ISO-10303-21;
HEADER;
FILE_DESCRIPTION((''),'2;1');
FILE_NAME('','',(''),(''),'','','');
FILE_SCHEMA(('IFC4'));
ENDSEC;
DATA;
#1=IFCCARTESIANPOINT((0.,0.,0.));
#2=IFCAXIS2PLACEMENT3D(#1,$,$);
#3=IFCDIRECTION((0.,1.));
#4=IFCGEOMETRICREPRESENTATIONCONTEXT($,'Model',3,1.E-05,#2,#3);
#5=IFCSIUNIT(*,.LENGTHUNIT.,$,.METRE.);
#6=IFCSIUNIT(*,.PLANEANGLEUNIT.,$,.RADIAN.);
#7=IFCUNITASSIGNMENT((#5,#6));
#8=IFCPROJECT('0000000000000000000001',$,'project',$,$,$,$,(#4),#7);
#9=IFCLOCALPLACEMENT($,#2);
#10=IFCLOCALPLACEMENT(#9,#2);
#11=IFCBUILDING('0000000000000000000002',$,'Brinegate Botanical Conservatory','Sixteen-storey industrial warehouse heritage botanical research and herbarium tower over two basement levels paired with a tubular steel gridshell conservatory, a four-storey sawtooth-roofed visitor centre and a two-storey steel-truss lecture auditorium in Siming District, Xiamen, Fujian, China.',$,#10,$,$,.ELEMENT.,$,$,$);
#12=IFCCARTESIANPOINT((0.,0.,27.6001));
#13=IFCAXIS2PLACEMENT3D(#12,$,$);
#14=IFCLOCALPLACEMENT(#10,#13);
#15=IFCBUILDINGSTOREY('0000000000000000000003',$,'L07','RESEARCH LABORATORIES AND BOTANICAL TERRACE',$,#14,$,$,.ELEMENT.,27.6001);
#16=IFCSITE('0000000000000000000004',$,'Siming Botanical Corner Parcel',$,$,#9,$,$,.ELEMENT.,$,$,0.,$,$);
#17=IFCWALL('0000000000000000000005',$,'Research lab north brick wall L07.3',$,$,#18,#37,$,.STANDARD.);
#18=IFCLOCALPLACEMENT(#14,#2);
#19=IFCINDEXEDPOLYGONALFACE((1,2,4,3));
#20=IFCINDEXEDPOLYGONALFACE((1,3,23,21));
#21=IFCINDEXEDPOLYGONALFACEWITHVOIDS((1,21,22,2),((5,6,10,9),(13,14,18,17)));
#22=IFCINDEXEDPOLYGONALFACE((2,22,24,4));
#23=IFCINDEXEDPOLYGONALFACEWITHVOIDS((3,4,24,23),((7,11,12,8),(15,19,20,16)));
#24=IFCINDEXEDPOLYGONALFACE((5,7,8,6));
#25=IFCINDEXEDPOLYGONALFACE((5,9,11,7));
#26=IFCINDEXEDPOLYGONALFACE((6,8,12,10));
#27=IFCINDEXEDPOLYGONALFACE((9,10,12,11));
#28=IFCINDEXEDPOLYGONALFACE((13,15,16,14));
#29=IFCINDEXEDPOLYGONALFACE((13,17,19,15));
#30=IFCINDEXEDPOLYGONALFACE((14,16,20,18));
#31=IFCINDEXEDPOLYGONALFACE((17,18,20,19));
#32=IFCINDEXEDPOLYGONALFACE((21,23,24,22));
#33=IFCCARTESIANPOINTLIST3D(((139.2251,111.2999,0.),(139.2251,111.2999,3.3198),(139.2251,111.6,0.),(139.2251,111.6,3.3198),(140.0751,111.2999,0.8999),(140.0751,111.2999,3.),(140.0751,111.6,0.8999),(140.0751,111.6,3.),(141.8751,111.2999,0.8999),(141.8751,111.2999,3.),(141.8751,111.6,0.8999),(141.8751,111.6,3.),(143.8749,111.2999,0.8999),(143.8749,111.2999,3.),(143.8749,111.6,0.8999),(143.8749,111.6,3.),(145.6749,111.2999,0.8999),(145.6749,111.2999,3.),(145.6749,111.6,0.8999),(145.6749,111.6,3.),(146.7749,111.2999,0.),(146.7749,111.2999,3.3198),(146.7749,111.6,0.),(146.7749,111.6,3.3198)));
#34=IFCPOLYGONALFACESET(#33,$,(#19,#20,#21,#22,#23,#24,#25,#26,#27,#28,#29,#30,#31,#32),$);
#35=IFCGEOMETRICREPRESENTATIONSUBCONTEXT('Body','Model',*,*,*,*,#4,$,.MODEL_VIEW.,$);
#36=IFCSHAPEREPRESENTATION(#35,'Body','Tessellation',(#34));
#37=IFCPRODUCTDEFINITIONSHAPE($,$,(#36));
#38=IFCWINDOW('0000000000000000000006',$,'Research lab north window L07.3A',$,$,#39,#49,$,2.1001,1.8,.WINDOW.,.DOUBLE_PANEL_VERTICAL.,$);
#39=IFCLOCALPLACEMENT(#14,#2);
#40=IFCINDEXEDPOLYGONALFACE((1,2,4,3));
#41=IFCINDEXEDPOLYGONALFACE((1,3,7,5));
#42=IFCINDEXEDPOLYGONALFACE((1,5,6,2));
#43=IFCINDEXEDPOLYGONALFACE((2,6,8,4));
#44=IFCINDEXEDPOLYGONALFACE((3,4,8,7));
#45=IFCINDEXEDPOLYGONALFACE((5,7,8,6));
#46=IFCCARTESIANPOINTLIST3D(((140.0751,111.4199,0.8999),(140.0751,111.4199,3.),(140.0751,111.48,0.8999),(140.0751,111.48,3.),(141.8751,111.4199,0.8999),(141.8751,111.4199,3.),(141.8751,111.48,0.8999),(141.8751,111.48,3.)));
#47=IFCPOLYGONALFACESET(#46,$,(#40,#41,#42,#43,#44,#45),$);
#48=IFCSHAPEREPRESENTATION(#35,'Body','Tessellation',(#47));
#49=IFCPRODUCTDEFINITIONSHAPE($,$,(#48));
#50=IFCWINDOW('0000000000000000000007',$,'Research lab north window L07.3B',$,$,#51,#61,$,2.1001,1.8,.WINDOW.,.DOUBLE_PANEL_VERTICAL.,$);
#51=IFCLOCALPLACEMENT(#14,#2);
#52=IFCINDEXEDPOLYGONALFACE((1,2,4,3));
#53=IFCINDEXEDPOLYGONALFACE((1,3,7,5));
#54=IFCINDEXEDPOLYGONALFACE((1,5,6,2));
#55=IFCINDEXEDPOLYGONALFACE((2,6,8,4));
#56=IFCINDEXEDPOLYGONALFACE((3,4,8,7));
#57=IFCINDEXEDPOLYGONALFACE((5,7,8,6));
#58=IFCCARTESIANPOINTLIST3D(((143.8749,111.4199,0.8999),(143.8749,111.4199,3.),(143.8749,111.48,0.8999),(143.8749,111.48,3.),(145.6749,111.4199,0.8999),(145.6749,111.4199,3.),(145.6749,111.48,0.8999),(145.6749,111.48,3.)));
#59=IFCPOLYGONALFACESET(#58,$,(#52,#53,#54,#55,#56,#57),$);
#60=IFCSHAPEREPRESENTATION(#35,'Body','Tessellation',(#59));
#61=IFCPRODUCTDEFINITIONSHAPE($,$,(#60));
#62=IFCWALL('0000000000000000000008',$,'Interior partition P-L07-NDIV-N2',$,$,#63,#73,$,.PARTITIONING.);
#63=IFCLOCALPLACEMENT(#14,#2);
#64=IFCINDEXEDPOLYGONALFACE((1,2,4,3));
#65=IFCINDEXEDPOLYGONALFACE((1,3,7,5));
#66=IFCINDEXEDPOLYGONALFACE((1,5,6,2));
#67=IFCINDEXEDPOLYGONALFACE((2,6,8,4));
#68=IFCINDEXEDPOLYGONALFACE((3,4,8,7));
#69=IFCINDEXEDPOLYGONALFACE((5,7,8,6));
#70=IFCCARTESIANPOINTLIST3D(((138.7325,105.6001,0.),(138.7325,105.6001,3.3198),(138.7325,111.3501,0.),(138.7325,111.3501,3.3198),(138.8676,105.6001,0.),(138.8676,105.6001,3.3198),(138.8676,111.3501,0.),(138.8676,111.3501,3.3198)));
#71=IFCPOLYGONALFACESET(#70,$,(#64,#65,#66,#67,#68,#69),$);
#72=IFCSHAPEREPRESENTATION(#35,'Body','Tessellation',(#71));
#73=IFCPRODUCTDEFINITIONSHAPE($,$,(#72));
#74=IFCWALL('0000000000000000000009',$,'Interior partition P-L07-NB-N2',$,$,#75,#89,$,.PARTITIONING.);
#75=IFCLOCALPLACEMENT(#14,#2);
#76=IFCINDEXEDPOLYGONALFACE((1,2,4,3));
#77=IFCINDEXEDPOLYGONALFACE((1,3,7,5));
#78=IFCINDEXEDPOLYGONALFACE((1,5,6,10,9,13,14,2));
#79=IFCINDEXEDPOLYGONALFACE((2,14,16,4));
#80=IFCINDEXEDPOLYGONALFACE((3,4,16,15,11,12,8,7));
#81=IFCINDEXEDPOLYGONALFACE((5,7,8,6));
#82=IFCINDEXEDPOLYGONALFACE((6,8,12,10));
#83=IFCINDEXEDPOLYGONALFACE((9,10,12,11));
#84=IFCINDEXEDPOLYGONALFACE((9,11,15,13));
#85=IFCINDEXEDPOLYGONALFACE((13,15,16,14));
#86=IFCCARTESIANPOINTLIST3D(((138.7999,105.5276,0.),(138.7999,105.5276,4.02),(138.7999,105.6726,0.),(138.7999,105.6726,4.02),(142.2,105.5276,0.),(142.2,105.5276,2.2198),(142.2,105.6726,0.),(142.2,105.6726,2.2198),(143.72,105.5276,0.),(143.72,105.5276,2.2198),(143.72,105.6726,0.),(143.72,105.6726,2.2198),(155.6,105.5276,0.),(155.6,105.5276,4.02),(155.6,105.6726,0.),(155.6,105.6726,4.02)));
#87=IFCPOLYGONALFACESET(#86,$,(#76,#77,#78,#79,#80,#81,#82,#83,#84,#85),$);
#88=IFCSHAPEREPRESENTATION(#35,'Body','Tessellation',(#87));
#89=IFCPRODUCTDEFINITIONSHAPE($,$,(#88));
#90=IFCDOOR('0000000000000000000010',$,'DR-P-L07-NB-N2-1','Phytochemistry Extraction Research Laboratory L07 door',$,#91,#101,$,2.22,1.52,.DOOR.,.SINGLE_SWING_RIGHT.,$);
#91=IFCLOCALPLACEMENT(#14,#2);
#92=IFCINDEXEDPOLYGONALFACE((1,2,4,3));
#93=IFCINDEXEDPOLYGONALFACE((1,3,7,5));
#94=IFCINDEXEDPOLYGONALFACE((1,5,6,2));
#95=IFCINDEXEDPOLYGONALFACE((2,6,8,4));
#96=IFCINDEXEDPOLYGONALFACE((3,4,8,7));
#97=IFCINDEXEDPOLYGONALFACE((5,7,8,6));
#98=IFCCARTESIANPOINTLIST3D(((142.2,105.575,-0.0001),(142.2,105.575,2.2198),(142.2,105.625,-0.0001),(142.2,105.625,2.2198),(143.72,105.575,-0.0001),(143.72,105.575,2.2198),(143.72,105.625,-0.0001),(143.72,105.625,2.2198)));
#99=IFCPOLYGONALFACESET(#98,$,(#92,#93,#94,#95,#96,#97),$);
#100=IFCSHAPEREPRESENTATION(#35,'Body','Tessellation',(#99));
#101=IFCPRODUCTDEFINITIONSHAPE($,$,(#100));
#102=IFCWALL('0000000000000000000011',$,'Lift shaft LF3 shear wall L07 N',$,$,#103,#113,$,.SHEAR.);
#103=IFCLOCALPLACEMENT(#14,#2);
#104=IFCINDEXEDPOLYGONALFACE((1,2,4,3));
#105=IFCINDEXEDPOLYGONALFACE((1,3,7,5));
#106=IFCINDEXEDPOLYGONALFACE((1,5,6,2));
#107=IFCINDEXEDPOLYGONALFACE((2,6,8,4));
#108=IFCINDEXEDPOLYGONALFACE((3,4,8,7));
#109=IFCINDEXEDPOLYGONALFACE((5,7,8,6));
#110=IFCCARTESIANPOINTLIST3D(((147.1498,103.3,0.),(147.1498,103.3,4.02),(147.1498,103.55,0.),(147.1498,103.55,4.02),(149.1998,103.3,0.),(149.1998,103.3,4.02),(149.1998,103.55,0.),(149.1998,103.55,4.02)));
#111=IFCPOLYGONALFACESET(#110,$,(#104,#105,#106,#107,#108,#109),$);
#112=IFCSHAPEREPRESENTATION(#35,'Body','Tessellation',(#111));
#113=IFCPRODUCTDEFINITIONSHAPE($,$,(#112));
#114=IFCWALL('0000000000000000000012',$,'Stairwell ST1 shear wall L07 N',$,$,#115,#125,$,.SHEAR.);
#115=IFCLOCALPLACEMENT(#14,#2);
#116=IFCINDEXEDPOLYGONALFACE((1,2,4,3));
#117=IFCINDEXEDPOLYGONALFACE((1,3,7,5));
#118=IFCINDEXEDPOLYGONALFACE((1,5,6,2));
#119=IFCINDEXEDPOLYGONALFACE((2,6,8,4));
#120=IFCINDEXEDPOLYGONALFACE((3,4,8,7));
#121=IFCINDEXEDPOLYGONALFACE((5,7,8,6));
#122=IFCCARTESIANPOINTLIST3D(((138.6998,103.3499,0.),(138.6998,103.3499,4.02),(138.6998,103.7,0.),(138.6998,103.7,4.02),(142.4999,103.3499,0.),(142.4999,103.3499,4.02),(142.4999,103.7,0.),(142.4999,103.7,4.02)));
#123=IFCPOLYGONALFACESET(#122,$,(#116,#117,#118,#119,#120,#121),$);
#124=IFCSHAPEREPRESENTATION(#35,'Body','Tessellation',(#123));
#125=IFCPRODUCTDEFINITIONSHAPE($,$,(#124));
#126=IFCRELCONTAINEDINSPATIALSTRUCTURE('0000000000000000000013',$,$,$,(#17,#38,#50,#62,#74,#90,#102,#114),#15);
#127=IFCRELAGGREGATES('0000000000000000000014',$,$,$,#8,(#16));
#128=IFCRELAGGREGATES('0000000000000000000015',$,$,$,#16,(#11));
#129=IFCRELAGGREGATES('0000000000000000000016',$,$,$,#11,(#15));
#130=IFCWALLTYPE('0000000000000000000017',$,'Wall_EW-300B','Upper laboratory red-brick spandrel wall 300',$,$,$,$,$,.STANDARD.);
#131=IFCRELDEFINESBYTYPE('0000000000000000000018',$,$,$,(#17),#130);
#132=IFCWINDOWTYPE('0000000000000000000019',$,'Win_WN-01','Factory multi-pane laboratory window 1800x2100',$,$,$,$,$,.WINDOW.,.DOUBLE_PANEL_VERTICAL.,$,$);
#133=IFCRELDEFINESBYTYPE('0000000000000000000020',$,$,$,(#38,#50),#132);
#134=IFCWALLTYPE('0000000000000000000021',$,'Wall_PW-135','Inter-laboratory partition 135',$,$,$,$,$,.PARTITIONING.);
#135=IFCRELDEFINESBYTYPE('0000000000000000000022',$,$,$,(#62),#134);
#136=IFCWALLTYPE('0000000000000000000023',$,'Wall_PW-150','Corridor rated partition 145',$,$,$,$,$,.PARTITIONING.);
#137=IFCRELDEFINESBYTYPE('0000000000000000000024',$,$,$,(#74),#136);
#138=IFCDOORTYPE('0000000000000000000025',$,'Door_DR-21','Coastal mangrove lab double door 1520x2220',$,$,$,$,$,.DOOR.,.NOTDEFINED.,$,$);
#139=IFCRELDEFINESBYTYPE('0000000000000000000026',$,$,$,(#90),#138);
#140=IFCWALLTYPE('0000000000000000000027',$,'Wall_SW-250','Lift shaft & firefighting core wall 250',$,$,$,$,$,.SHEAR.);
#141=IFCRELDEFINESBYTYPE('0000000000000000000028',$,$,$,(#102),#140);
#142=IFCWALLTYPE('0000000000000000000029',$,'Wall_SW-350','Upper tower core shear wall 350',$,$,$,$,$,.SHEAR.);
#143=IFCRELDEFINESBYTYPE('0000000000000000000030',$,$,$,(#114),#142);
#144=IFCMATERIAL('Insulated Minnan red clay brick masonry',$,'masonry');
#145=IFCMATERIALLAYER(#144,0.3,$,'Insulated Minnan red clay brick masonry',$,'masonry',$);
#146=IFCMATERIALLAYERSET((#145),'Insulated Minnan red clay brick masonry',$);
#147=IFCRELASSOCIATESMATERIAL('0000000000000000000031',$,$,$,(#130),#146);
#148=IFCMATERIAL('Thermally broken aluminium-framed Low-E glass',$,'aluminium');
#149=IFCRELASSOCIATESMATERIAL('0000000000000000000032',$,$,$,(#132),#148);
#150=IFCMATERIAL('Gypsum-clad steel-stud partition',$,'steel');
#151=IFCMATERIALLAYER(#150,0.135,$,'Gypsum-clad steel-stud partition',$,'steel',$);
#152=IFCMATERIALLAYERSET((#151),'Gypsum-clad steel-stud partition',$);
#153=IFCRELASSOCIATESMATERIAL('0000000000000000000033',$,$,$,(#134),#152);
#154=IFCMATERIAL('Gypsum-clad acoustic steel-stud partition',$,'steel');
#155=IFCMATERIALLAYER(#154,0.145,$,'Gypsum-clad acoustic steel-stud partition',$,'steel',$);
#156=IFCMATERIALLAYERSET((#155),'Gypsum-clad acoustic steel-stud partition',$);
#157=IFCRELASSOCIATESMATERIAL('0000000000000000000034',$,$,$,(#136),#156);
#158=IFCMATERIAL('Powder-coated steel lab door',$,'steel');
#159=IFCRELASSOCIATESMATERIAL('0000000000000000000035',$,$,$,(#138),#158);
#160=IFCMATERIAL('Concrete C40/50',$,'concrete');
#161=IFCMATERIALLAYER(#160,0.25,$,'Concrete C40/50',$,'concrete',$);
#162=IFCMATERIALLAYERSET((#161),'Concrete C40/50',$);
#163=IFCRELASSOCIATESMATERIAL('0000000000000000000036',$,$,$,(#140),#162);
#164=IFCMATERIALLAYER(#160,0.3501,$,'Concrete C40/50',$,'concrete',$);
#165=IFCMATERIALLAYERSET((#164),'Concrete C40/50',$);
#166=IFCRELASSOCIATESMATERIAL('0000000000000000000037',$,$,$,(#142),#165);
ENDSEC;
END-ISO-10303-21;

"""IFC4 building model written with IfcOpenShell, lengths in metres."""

from ifc_helpers import new_model, si_unit, direction, frame, frame_2d, origin, place, context, subcontext, project, spatial, rectangle, extrude, material, layer, layer_set, type_object, element, fill, save


model = new_model("IFC4")

# Units and contexts
model_context = context("Model", 3, precision=1e-05, world=origin(), true_north=direction((0.0, 1.0)))
body_context = subcontext(model_context, "Body", "Model", "MODEL_VIEW")
ifc_project = project(units=[si_unit("LENGTHUNIT", "METRE"), si_unit("PLANEANGLEUNIT", "RADIAN")], contexts=[model_context])

# Site, building, storey
site_placement = place(None, origin())
site = spatial("IfcSite", under=ifc_project, at=site_placement, Name="Siming Botanical Corner Parcel", CompositionType="ELEMENT", RefElevation=0.0)
building_placement = place(site_placement, origin())
building = spatial("IfcBuilding", under=site, at=building_placement, Name="Brinegate Botanical Conservatory", Description="Sixteen-storey industrial warehouse heritage botanical research and herbarium tower over two basement levels paired with a tubular steel gridshell conservatory, a four-storey sawtooth-roofed visitor centre and a two-storey steel-truss lecture auditorium in Siming District, Xiamen, Fujian, China.", CompositionType="ELEMENT")
storey_placement = place(building_placement, frame((0.0, 0.0, 27.6001)))
storey = spatial("IfcBuildingStorey", under=building, at=storey_placement, Name="L07", Description="RESEARCH LABORATORIES AND BOTANICAL TERRACE", CompositionType="ELEMENT", Elevation=27.6001)

# Shared definitions
ifc_material_1 = material(Name="Concrete C40/50", Category="concrete")

# Wall, openings, windows
ifc_material_2 = material(Name="Insulated Minnan red clay brick masonry", Category="masonry")
ifc_layer_1 = layer(ifc_material_2, 0.3, Name="Insulated Minnan red clay brick masonry", Category="masonry")
ifc_layer_set_1 = layer_set([ifc_layer_1], Name="Insulated Minnan red clay brick masonry")
wall_type_1 = type_object("IfcWallType", Name="Wall_EW-300B", Description="Upper laboratory red-brick spandrel wall 300", PredefinedType="STANDARD", material=ifc_layer_set_1)
wall_1_placement = place(storey_placement, frame((139.2251, 111.45, 0.0), z_axis=(0.0, 0.0, 1.0), x_axis=(1.0, 0.0, 0.0)))
wall_1 = element("IfcWall", 1, at=wall_1_placement, inside=storey, type_object=wall_type_1, Name="Research lab north brick wall L07.3", PredefinedType="STANDARD", context=body_context, shape_type="SweptSolid", body=[
    extrude(rectangle(XDim=7.5498, YDim=0.3, at=frame_2d((3.7749, 0.0))), origin(), (0.0, 0.0, 1.0), 3.3198),
])
opening_1_placement = place(wall_1_placement, frame((0.8501, 0.0, 0.8999)))
opening_1 = element("IfcOpeningElement", 2, at=opening_1_placement, cuts=wall_1, PredefinedType="OPENING", context=body_context, shape_type="SweptSolid", body=[
    extrude(rectangle(XDim=1.8, YDim=2.1001, at=frame_2d((0.8999, 1.05))), frame((0.0, 0.1599, 0.0), z_axis=(0.0, -1.0, 0.0), x_axis=(1.0, 0.0, 0.0)), (0.0, 0.0, 1.0), 0.3201),
])
opening_2_placement = place(wall_1_placement, frame((4.6499, 0.0, 0.8999)))
opening_2 = element("IfcOpeningElement", 3, at=opening_2_placement, cuts=wall_1, PredefinedType="OPENING", context=body_context, shape_type="SweptSolid", body=[
    extrude(rectangle(XDim=1.8, YDim=2.1001, at=frame_2d((0.8999, 1.05))), frame((0.0, 0.1599, 0.0), z_axis=(0.0, -1.0, 0.0), x_axis=(1.0, 0.0, 0.0)), (0.0, 0.0, 1.0), 0.3201),
])
ifc_material_3 = material(Name="Thermally broken aluminium-framed Low-E glass", Category="aluminium")
window_type = type_object("IfcWindowType", Name="Win_WN-01", Description="Factory multi-pane laboratory window 1800x2100", PartitioningType="DOUBLE_PANEL_VERTICAL", PredefinedType="WINDOW", material=ifc_material_3)
window_1_placement = place(opening_1_placement, origin())
window_1 = element("IfcWindow", 4, at=window_1_placement, inside=storey, type_object=window_type, Name="Research lab north window L07.3A", OverallHeight=2.1001, OverallWidth=1.8, PartitioningType="DOUBLE_PANEL_VERTICAL", PredefinedType="WINDOW", context=body_context, shape_type="SweptSolid", body=[
    extrude(rectangle(XDim=1.8, YDim=2.1001, at=frame_2d((0.8999, 1.05))), frame((0.0, 0.03, 0.0), z_axis=(0.0, -1.0, 0.0), x_axis=(1.0, 0.0, 0.0)), (0.0, 0.0, 1.0), 0.0601),
])
fill(opening_1, window_1)
window_2_placement = place(opening_2_placement, origin())
window_2 = element("IfcWindow", 5, at=window_2_placement, inside=storey, type_object=window_type, Name="Research lab north window L07.3B", OverallHeight=2.1001, OverallWidth=1.8, PartitioningType="DOUBLE_PANEL_VERTICAL", PredefinedType="WINDOW", context=body_context, shape_type="SweptSolid", body=[
    extrude(rectangle(XDim=1.8, YDim=2.1001, at=frame_2d((0.8999, 1.05))), frame((0.0, 0.03, 0.0), z_axis=(0.0, -1.0, 0.0), x_axis=(1.0, 0.0, 0.0)), (0.0, 0.0, 1.0), 0.0601),
])
fill(opening_2, window_2)

# Wall
ifc_material_4 = material(Name="Gypsum-clad steel-stud partition", Category="steel")
ifc_layer_2 = layer(ifc_material_4, 0.135, Name="Gypsum-clad steel-stud partition", Category="steel")
ifc_layer_set_2 = layer_set([ifc_layer_2], Name="Gypsum-clad steel-stud partition")
wall_type_2 = type_object("IfcWallType", Name="Wall_PW-135", Description="Inter-laboratory partition 135", PredefinedType="PARTITIONING", material=ifc_layer_set_2)
wall_2_placement = place(storey_placement, frame((138.8, 105.6001, 0.0), z_axis=(0.0, 0.0, 1.0), x_axis=(0.0, 1.0, 0.0)))
element("IfcWall", 6, at=wall_2_placement, inside=storey, type_object=wall_type_2, Name="Interior partition P-L07-NDIV-N2", PredefinedType="PARTITIONING", context=body_context, shape_type="SweptSolid", body=[
    extrude(rectangle(XDim=5.75, YDim=0.135, at=frame_2d((2.875, 0.0))), origin(), (0.0, 0.0, 1.0), 3.3198),
])

# Wall, opening, door
ifc_material_5 = material(Name="Gypsum-clad acoustic steel-stud partition", Category="steel")
ifc_layer_3 = layer(ifc_material_5, 0.145, Name="Gypsum-clad acoustic steel-stud partition", Category="steel")
ifc_layer_set_3 = layer_set([ifc_layer_3], Name="Gypsum-clad acoustic steel-stud partition")
wall_type_3 = type_object("IfcWallType", Name="Wall_PW-150", Description="Corridor rated partition 145", PredefinedType="PARTITIONING", material=ifc_layer_set_3)
wall_3_placement = place(storey_placement, frame((138.8, 105.6001, 0.0), z_axis=(0.0, 0.0, 1.0), x_axis=(1.0, 0.0, 0.0)))
wall_3 = element("IfcWall", 7, at=wall_3_placement, inside=storey, type_object=wall_type_3, Name="Interior partition P-L07-NB-N2", PredefinedType="PARTITIONING", context=body_context, shape_type="SweptSolid", body=[
    extrude(rectangle(XDim=16.8, YDim=0.145, at=frame_2d((8.3999, 0.0))), origin(), (0.0, 0.0, 1.0), 4.02),
])
opening_3_placement = place(wall_3_placement, frame((3.3999, 0.0, 0.0)))
opening_3 = element("IfcOpeningElement", 8, at=opening_3_placement, cuts=wall_3, PredefinedType="OPENING", context=body_context, shape_type="SweptSolid", body=[
    extrude(rectangle(XDim=1.52, YDim=2.22, at=frame_2d((0.76, 1.1099))), frame((0.0, 0.0825, 0.0), z_axis=(0.0, -1.0, 0.0), x_axis=(1.0, 0.0, 0.0)), (0.0, 0.0, 1.0), 0.165),
])
ifc_material_6 = material(Name="Powder-coated steel lab door", Category="steel")
door_type = type_object("IfcDoorType", Name="Door_DR-21", Description="Coastal mangrove lab double door 1520x2220", OperationType="NOTDEFINED", PredefinedType="DOOR", material=ifc_material_6)
door_placement = place(opening_3_placement, origin())
door = element("IfcDoor", 9, at=door_placement, inside=storey, type_object=door_type, Name="DR-P-L07-NB-N2-1", Description="Phytochemistry Extraction Research Laboratory L07 door", OperationType="SINGLE_SWING_RIGHT", OverallHeight=2.22, OverallWidth=1.52, PredefinedType="DOOR", context=body_context, shape_type="SweptSolid", body=[
    extrude(rectangle(XDim=1.52, YDim=2.22, at=frame_2d((0.76, 1.1099))), frame((0.0, 0.0249, 0.0), z_axis=(0.0, -1.0, 0.0), x_axis=(1.0, 0.0, 0.0)), (0.0, 0.0, 1.0), 0.05),
])
fill(opening_3, door)

# Walls
ifc_layer_4 = layer(ifc_material_1, 0.25, Name="Concrete C40/50", Category="concrete")
ifc_layer_set_4 = layer_set([ifc_layer_4], Name="Concrete C40/50")
wall_type_4 = type_object("IfcWallType", Name="Wall_SW-250", Description="Lift shaft & firefighting core wall 250", PredefinedType="SHEAR", material=ifc_layer_set_4)
wall_4_placement = place(storey_placement, frame((147.1499, 103.425, 0.0), z_axis=(0.0, 0.0, 1.0), x_axis=(1.0, 0.0, 0.0)))
element("IfcWall", 10, at=wall_4_placement, inside=storey, type_object=wall_type_4, Name="Lift shaft LF3 shear wall L07 N", PredefinedType="SHEAR", context=body_context, shape_type="SweptSolid", body=[
    extrude(rectangle(XDim=2.05, YDim=0.25, at=frame_2d((1.0249, 0.0))), origin(), (0.0, 0.0, 1.0), 4.02),
])
ifc_layer_5 = layer(ifc_material_1, 0.3501, Name="Concrete C40/50", Category="concrete")
ifc_layer_set_5 = layer_set([ifc_layer_5], Name="Concrete C40/50")
wall_type_5 = type_object("IfcWallType", Name="Wall_SW-350", Description="Upper tower core shear wall 350", PredefinedType="SHEAR", material=ifc_layer_set_5)
wall_5_placement = place(storey_placement, frame((138.7, 103.5249, 0.0), z_axis=(0.0, 0.0, 1.0), x_axis=(1.0, 0.0, 0.0)))
element("IfcWall", 11, at=wall_5_placement, inside=storey, type_object=wall_type_5, Name="Stairwell ST1 shear wall L07 N", PredefinedType="SHEAR", context=body_context, shape_type="SweptSolid", body=[
    extrude(rectangle(XDim=3.8, YDim=0.3501, at=frame_2d((1.8999, 0.0))), origin(), (0.0, 0.0, 1.0), 4.02),
])

save(model, "model.ifc")
